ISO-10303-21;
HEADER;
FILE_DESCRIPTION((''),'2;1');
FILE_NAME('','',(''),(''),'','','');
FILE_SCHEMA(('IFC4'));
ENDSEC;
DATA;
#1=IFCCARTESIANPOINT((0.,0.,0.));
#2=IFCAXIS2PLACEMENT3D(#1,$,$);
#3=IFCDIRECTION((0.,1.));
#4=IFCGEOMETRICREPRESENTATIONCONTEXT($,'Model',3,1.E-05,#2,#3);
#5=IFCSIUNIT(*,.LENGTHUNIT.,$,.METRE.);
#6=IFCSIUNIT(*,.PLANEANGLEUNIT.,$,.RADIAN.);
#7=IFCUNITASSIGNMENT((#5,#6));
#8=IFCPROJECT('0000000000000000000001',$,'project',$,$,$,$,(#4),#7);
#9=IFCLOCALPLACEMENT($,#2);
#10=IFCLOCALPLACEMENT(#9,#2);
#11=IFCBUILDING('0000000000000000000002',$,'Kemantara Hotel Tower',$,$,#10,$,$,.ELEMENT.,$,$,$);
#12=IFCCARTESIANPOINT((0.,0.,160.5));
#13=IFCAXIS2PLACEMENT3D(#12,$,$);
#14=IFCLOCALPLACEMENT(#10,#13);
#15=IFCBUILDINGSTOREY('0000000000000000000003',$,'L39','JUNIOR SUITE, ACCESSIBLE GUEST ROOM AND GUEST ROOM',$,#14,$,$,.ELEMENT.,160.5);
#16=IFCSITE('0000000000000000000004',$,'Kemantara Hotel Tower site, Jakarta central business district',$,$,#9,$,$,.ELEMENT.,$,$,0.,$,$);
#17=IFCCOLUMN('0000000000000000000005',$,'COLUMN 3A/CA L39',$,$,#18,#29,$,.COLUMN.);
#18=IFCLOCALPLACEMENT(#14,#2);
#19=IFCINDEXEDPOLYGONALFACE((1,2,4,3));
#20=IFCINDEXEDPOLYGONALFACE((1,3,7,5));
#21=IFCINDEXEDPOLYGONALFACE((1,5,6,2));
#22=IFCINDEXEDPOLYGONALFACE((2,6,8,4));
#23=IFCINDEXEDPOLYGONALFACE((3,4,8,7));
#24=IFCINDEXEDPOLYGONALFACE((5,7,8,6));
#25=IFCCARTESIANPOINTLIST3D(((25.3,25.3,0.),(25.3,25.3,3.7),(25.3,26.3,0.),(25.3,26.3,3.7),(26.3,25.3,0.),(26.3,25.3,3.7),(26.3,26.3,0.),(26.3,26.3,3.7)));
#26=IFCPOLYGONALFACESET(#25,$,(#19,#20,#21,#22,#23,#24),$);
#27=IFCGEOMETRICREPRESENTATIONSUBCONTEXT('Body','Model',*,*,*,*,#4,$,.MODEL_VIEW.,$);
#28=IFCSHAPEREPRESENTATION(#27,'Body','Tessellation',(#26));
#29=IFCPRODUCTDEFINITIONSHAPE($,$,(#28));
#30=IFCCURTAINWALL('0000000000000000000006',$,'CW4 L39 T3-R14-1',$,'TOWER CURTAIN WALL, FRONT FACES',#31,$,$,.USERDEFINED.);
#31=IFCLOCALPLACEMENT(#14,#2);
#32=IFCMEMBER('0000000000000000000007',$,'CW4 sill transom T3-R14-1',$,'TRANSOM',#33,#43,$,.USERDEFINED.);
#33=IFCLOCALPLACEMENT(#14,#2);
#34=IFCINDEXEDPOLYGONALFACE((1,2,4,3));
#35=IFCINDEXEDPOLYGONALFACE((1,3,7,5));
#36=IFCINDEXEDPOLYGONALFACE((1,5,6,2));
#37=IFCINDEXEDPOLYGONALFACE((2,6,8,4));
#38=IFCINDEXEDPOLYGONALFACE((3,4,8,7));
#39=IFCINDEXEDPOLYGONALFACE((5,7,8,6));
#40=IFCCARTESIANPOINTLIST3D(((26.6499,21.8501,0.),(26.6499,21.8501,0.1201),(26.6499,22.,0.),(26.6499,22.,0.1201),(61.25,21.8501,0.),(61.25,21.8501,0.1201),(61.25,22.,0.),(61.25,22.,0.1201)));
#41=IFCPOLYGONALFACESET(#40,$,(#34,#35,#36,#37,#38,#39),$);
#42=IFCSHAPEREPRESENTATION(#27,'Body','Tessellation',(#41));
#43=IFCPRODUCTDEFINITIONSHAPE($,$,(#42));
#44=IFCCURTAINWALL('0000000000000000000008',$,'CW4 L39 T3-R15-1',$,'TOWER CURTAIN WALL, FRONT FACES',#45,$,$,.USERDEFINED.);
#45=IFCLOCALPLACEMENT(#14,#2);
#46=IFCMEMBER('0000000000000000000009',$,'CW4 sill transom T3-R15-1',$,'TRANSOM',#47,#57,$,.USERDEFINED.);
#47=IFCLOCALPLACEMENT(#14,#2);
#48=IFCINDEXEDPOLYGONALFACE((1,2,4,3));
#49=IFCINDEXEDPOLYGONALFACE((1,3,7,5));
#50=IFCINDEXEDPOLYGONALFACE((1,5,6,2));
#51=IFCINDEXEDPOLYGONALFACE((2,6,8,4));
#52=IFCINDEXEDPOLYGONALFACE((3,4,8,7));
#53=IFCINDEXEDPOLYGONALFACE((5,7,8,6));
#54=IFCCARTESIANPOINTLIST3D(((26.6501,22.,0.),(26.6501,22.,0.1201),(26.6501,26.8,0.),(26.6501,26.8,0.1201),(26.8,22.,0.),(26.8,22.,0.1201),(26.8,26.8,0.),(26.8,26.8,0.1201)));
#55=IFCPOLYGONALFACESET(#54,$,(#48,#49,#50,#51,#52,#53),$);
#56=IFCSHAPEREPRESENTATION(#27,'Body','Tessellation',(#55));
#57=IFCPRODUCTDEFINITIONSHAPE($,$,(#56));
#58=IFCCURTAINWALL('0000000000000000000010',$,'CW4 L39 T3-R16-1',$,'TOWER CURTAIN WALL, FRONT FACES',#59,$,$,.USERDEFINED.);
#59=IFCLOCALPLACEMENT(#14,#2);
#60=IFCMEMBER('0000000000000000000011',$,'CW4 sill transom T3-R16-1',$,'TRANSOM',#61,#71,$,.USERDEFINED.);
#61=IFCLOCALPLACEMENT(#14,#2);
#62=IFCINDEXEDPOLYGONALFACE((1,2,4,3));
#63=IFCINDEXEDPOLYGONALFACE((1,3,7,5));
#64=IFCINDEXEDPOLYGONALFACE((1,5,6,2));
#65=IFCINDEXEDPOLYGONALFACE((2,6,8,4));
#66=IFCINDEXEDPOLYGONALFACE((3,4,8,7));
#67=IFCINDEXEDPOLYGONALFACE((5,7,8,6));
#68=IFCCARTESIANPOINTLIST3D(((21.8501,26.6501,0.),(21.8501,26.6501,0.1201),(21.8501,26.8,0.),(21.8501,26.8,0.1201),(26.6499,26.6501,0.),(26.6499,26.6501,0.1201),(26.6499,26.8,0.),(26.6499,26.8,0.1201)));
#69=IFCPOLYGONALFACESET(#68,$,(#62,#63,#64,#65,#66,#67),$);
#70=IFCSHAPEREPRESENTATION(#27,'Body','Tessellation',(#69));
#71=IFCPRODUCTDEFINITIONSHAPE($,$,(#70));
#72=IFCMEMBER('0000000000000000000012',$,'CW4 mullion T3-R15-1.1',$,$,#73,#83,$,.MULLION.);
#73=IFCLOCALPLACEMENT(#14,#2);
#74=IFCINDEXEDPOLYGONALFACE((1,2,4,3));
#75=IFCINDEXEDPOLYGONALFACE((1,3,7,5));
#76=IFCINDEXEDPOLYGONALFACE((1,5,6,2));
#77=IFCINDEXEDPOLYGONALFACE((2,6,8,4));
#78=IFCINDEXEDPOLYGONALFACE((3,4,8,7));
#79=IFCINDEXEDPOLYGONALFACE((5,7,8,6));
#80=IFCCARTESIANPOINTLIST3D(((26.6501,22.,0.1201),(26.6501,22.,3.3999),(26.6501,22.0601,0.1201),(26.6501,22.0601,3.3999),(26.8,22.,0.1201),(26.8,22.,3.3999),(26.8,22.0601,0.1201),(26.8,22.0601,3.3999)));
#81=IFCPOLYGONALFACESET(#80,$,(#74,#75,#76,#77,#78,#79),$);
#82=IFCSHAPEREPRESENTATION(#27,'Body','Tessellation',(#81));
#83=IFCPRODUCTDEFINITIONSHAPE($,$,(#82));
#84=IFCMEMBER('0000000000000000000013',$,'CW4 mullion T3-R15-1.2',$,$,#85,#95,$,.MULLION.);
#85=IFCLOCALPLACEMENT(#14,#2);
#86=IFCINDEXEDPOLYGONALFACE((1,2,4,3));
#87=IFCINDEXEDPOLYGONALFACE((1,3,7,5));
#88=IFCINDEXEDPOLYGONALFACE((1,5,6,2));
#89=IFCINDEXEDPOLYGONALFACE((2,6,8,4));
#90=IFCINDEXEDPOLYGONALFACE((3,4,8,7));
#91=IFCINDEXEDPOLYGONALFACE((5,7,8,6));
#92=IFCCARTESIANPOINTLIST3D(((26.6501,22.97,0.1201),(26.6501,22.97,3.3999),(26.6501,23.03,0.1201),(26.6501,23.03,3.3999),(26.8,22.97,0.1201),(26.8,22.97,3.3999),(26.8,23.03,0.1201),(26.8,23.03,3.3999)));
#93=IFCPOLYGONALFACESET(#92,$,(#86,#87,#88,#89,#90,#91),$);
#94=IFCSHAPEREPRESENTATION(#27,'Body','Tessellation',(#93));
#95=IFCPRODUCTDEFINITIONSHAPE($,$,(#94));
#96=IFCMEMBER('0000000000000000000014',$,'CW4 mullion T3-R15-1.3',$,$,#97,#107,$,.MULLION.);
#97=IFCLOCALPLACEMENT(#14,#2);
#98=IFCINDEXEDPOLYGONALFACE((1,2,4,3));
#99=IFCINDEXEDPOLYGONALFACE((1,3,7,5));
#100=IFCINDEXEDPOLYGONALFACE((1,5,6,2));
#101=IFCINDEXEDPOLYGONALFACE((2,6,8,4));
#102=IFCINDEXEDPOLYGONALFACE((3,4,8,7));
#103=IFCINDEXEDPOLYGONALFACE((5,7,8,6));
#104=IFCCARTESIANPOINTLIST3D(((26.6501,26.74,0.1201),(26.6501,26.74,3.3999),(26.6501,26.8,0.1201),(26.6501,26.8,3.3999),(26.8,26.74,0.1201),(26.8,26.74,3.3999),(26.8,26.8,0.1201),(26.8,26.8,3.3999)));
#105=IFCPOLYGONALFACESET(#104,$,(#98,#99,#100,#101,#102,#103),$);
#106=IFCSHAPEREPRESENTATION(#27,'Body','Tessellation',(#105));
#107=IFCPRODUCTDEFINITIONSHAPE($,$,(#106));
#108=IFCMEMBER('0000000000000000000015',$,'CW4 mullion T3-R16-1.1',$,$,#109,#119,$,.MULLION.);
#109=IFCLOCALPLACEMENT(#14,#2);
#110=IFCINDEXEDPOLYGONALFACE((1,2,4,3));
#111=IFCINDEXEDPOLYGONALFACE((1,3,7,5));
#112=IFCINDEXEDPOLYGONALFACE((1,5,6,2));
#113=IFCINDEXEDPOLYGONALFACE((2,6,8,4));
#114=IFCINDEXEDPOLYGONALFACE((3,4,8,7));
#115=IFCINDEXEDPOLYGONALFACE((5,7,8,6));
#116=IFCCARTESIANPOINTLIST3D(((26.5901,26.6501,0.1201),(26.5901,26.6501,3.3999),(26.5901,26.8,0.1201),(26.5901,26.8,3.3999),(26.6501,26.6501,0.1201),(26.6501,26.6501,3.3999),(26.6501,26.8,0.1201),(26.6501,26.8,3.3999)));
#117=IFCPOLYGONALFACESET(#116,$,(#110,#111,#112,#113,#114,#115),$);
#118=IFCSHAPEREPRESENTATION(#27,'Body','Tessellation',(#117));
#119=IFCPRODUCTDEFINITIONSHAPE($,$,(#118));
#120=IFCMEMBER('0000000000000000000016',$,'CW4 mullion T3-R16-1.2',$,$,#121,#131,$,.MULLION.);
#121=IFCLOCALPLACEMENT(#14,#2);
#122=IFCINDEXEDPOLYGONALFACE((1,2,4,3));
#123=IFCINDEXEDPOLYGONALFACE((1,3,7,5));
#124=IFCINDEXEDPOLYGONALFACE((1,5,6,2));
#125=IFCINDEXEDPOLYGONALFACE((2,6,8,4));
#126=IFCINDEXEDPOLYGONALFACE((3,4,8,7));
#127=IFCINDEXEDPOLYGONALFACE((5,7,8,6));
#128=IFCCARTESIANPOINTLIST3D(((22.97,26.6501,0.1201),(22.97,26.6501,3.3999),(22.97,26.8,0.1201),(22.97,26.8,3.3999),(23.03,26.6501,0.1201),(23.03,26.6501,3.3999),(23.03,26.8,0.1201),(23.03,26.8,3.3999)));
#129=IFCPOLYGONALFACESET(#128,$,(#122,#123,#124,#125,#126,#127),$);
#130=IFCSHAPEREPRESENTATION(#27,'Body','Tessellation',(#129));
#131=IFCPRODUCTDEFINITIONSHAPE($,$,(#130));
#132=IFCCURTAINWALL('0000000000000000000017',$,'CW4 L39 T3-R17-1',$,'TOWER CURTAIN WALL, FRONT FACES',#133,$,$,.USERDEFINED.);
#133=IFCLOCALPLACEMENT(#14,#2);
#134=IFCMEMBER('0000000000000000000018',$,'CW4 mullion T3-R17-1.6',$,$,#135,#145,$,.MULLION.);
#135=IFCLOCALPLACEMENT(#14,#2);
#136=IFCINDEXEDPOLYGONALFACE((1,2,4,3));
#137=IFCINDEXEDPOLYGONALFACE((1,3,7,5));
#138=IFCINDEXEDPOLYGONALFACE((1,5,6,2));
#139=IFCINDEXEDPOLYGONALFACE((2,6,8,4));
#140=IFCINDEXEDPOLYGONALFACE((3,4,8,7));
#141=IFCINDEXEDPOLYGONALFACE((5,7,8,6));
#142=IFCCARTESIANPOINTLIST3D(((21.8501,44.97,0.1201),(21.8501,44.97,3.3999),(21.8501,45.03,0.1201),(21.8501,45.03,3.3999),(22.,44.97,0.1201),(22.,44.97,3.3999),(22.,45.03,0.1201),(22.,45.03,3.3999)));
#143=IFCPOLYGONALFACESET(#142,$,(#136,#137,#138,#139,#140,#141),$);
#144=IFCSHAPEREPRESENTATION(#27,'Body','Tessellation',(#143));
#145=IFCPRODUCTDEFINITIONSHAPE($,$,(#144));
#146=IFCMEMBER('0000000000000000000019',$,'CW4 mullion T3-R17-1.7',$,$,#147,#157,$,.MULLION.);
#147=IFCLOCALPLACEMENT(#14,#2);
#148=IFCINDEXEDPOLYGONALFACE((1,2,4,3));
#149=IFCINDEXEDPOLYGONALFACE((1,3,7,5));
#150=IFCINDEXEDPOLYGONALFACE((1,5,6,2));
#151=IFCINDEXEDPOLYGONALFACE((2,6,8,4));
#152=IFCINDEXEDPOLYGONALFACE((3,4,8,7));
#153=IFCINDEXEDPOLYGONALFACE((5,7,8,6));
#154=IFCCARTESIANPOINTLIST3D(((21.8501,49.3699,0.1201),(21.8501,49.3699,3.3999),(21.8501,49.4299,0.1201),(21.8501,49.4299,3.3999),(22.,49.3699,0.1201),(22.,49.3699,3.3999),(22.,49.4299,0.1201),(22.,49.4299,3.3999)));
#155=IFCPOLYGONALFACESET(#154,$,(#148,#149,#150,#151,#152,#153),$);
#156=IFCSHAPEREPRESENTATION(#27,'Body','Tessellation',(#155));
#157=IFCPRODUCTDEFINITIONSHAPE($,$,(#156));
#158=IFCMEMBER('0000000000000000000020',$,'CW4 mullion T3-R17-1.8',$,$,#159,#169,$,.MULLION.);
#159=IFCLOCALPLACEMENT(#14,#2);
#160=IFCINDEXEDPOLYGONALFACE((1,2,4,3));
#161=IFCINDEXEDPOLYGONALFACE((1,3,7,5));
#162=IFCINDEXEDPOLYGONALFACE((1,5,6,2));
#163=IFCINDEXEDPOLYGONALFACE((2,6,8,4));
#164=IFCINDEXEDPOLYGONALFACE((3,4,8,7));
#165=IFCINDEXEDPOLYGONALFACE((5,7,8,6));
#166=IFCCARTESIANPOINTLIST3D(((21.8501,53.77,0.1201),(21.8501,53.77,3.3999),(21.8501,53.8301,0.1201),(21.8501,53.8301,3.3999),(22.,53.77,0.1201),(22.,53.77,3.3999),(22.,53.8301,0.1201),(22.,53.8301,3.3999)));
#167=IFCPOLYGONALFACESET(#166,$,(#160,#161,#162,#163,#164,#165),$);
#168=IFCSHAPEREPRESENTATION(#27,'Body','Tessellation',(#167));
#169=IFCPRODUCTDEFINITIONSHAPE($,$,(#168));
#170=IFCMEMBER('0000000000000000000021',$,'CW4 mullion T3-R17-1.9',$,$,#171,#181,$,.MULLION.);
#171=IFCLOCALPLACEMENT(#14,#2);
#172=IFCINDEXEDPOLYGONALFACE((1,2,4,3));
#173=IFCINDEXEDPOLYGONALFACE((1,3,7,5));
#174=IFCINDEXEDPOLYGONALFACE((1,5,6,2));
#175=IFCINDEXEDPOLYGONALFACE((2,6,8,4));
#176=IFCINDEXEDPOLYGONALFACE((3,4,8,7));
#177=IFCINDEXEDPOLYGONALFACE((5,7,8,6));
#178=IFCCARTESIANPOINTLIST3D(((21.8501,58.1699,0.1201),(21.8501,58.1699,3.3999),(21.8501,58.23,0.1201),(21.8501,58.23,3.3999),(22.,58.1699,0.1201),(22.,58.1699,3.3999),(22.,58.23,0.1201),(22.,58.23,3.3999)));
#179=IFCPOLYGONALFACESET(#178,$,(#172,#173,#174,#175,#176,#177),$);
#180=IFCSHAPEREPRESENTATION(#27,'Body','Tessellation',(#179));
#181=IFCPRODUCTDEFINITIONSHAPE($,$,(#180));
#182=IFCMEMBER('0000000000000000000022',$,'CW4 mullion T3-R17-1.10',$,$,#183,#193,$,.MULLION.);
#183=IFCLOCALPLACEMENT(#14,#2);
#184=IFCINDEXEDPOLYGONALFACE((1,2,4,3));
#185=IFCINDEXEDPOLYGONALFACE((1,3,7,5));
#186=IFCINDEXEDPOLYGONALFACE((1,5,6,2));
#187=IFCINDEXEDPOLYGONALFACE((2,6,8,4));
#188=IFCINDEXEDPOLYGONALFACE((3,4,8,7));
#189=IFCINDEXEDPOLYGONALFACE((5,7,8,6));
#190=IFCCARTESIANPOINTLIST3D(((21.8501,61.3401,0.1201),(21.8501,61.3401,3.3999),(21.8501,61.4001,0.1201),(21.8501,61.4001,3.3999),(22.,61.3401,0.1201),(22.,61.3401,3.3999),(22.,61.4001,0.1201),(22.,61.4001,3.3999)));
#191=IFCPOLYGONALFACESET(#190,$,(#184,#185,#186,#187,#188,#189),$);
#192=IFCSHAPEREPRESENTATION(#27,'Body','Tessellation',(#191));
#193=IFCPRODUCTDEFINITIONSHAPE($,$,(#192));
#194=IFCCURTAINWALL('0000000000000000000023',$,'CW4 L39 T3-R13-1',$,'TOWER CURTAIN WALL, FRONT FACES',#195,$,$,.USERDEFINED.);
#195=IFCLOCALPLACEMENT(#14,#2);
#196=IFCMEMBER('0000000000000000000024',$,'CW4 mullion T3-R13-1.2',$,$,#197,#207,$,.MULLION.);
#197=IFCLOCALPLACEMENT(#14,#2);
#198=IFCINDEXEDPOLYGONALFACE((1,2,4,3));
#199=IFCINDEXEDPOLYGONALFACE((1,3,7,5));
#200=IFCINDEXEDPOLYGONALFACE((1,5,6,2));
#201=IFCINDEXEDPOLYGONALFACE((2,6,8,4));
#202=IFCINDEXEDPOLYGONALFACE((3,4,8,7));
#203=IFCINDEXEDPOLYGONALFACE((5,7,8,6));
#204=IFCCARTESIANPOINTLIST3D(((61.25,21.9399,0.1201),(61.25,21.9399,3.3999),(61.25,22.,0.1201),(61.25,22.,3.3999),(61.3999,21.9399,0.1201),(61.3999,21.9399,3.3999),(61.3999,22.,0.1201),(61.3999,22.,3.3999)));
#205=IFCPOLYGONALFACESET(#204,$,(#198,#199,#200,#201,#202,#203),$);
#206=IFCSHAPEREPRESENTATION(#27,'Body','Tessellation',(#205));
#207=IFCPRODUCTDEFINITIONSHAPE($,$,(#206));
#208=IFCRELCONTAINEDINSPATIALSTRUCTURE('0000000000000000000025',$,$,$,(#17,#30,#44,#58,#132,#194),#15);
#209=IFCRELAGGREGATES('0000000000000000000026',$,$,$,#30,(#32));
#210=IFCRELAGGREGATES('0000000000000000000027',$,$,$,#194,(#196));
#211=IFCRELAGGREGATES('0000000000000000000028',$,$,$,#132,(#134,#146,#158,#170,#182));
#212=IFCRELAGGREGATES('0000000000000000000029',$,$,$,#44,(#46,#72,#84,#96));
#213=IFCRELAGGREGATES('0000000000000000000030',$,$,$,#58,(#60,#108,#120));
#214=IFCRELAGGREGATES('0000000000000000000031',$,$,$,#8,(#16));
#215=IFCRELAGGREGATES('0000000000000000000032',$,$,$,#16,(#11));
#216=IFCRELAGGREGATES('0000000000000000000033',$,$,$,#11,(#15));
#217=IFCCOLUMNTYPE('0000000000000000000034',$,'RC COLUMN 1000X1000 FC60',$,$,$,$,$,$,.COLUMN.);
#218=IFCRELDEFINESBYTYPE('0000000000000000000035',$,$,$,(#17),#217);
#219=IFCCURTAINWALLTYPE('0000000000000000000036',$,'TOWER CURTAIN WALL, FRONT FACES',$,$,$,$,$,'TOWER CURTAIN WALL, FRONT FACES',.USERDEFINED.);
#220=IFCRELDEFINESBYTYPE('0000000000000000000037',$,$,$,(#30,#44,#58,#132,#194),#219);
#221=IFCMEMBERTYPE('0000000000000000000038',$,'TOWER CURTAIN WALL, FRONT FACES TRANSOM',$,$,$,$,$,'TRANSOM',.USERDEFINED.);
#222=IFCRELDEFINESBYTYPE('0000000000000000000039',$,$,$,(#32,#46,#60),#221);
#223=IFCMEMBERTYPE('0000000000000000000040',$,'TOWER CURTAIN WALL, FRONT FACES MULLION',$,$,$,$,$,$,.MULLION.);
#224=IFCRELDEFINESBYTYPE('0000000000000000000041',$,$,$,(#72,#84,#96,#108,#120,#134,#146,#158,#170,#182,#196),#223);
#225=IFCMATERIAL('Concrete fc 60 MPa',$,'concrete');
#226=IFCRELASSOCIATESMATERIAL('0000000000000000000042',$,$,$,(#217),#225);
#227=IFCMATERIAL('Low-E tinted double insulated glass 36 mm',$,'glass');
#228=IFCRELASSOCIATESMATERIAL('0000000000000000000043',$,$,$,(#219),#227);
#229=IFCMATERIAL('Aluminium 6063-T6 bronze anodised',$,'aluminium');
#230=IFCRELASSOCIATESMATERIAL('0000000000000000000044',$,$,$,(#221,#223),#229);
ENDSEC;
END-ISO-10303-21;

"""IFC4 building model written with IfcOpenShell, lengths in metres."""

from ifc_helpers import new_model, si_unit, direction, frame, origin, origin_2d, place, context, subcontext, project, spatial, rectangle, extrude, source, transform, mapped, material, material_profile, profile_set, type_object, element, aggregate, save


model = new_model("IFC4")

# Units and contexts
model_context = context("Model", 3, precision=1e-05, world=origin(), true_north=direction((0.0, 1.0)))
body_context = subcontext(model_context, "Body", "Model", "MODEL_VIEW")
ifc_project = project(units=[si_unit("LENGTHUNIT", "METRE"), si_unit("PLANEANGLEUNIT", "RADIAN")], contexts=[model_context])

# Site, building, storey
site_placement = place(None, origin())
site = spatial("IfcSite", under=ifc_project, at=site_placement, Name="Kemantara Hotel Tower site, Jakarta central business district", CompositionType="ELEMENT", RefElevation=0.0)
building_placement = place(site_placement, origin())
building = spatial("IfcBuilding", under=site, at=building_placement, Name="Kemantara Hotel Tower", CompositionType="ELEMENT")
storey_placement = place(building_placement, frame((0.0, 0.0, 160.5)))
storey = spatial("IfcBuildingStorey", under=building, at=storey_placement, Name="L39", Description="JUNIOR SUITE, ACCESSIBLE GUEST ROOM AND GUEST ROOM", CompositionType="ELEMENT", Elevation=160.5)

# Column
ifc_material_1 = material(Name="Concrete fc 60 MPa", Category="concrete")
ifc_material_profile_1 = material_profile(ifc_material_1, rectangle(XDim=1.0, YDim=1.0, at=origin_2d()), Name="RC 1000X1000")
ifc_profile_set_1 = profile_set([ifc_material_profile_1], Name="Concrete fc 60 MPa")
column_type = type_object("IfcColumnType", Name="RC COLUMN 1000X1000 FC60", PredefinedType="COLUMN", material=ifc_profile_set_1)
column_placement = place(storey_placement, frame((25.8, 25.8, 0.0), z_axis=(0.0, 0.0, 1.0), x_axis=(1.0, 0.0, 0.0)))
element("IfcColumn", 1, at=column_placement, inside=storey, type_object=column_type, Name="COLUMN 3A/CA L39", PredefinedType="COLUMN", context=body_context, shape_type="SweptSolid", body=[
    extrude(rectangle(XDim=1.0, YDim=1.0, at=origin_2d()), origin(), (0.0, 0.0, 1.0), 3.7),
])

# Curtain walls, members
ifc_material_2 = material(Name="Low-E tinted double insulated glass 36 mm", Category="glass")
curtain_wall_type = type_object("IfcCurtainWallType", Name="TOWER CURTAIN WALL, FRONT FACES", ElementType="TOWER CURTAIN WALL, FRONT FACES", PredefinedType="USERDEFINED", material=ifc_material_2)
curtain_wall_1_placement = place(storey_placement, origin())
curtain_wall_1 = element("IfcCurtainWall", 2, at=curtain_wall_1_placement, inside=storey, type_object=curtain_wall_type, Name="CW4 L39 T3-R14-1", ObjectType="TOWER CURTAIN WALL, FRONT FACES", PredefinedType="USERDEFINED")
ifc_material_3 = material(Name="Aluminium 6063-T6 bronze anodised", Category="aluminium")
ifc_material_profile_2 = material_profile(ifc_material_3, rectangle(XDim=0.1499, YDim=0.1201, at=origin_2d()), Name="TOWER CURTAIN WALL, FRONT FACES TRANSOM")
ifc_profile_set_2 = profile_set([ifc_material_profile_2], Name="Aluminium 6063-T6 bronze anodised")
member_type_1 = type_object("IfcMemberType", Name="TOWER CURTAIN WALL, FRONT FACES TRANSOM", ElementType="TRANSOM", PredefinedType="USERDEFINED", material=ifc_profile_set_2)
member_1_placement = place(storey_placement, frame((61.25, 21.925, 0.0601), z_axis=(-1.0, 0.0, 0.0), x_axis=(0.0, -1.0, 0.0)))
member_1 = element("IfcMember", 3, at=member_1_placement, type_object=member_type_1, Name="CW4 sill transom T3-R14-1", ObjectType="TRANSOM", PredefinedType="USERDEFINED", context=body_context, shape_type="SweptSolid", body=[
    extrude(rectangle(XDim=0.1499, YDim=0.1201, at=origin_2d()), origin(), (0.0, 0.0, 1.0), 34.6001),
])
aggregate(curtain_wall_1, [member_1])
curtain_wall_2_placement = place(storey_placement, origin())
curtain_wall_2 = element("IfcCurtainWall", 4, at=curtain_wall_2_placement, inside=storey, type_object=curtain_wall_type, Name="CW4 L39 T3-R15-1", ObjectType="TOWER CURTAIN WALL, FRONT FACES", PredefinedType="USERDEFINED")
member_2_placement = place(storey_placement, frame((26.7251, 22.0, 0.0601), z_axis=(0.0, 1.0, 0.0), x_axis=(-1.0, 0.0, 0.0)))
member_2 = element("IfcMember", 5, at=member_2_placement, type_object=member_type_1, Name="CW4 sill transom T3-R15-1", ObjectType="TRANSOM", PredefinedType="USERDEFINED", context=body_context, shape_type="SweptSolid", body=[
    extrude(rectangle(XDim=0.1499, YDim=0.1201, at=origin_2d()), origin(), (0.0, 0.0, 1.0), 4.8),
])
curtain_wall_3_placement = place(storey_placement, origin())
curtain_wall_3 = element("IfcCurtainWall", 6, at=curtain_wall_3_placement, inside=storey, type_object=curtain_wall_type, Name="CW4 L39 T3-R16-1", ObjectType="TOWER CURTAIN WALL, FRONT FACES", PredefinedType="USERDEFINED")
member_3_placement = place(storey_placement, frame((26.6499, 26.7251, 0.0601), z_axis=(-1.0, 0.0, 0.0), x_axis=(0.0, -1.0, 0.0)))
member_3 = element("IfcMember", 7, at=member_3_placement, type_object=member_type_1, Name="CW4 sill transom T3-R16-1", ObjectType="TRANSOM", PredefinedType="USERDEFINED", context=body_context, shape_type="SweptSolid", body=[
    extrude(rectangle(XDim=0.1499, YDim=0.1201, at=origin_2d()), origin(), (0.0, 0.0, 1.0), 4.7998),
])

# Members
ifc_material_profile_3 = material_profile(ifc_material_3, rectangle(XDim=0.1499, YDim=0.0601, at=origin_2d()), Name="TOWER CURTAIN WALL, FRONT FACES MULLION")
ifc_profile_set_3 = profile_set([ifc_material_profile_3], Name="Aluminium 6063-T6 bronze anodised")
member_type_2 = type_object("IfcMemberType", Name="TOWER CURTAIN WALL, FRONT FACES MULLION", PredefinedType="MULLION", material=ifc_profile_set_3)
shared_shape_1 = source(origin(), body_context, "Body", "SweptSolid", [
    extrude(rectangle(XDim=0.1499, YDim=0.0601, at=origin_2d()), origin(), (0.0, 0.0, 1.0), 3.2798),
])
member_4_placement = place(storey_placement, frame((26.7251, 22.03, 0.1201), z_axis=(0.0, 0.0, 1.0), x_axis=(-1.0, 0.0, 0.0)))
member_4 = element("IfcMember", 8, at=member_4_placement, type_object=member_type_2, Name="CW4 mullion T3-R15-1.1", PredefinedType="MULLION", context=body_context, shape_type="MappedRepresentation", body=[
    mapped(shared_shape_1, transform((0.0, 0.0, 0.0))),
])
member_5_placement = place(storey_placement, frame((26.7251, 23.0, 0.1201), z_axis=(0.0, 0.0, 1.0), x_axis=(-1.0, 0.0, 0.0)))
member_5 = element("IfcMember", 9, at=member_5_placement, type_object=member_type_2, Name="CW4 mullion T3-R15-1.2", PredefinedType="MULLION", context=body_context, shape_type="MappedRepresentation", body=[
    mapped(shared_shape_1, transform((0.0, 0.0, 0.0))),
])
member_6_placement = place(storey_placement, frame((26.7251, 26.77, 0.1201), z_axis=(0.0, 0.0, 1.0), x_axis=(-1.0, 0.0, 0.0)))
member_6 = element("IfcMember", 10, at=member_6_placement, type_object=member_type_2, Name="CW4 mullion T3-R15-1.3", PredefinedType="MULLION", context=body_context, shape_type="MappedRepresentation", body=[
    mapped(shared_shape_1, transform((0.0, 0.0, 0.0))),
])
member_7_placement = place(storey_placement, frame((26.6201, 26.7251, 0.1201), z_axis=(0.0, 0.0, 1.0), x_axis=(0.0, -1.0, 0.0)))
member_7 = element("IfcMember", 11, at=member_7_placement, type_object=member_type_2, Name="CW4 mullion T3-R16-1.1", PredefinedType="MULLION", context=body_context, shape_type="MappedRepresentation", body=[
    mapped(shared_shape_1, transform((0.0, 0.0, 0.0))),
])
member_8_placement = place(storey_placement, frame((23.0, 26.7251, 0.1201), z_axis=(0.0, 0.0, 1.0), x_axis=(0.0, -1.0, 0.0)))
member_8 = element("IfcMember", 12, at=member_8_placement, type_object=member_type_2, Name="CW4 mullion T3-R16-1.2", PredefinedType="MULLION", context=body_context, shape_type="MappedRepresentation", body=[
    mapped(shared_shape_1, transform((0.0, 0.0, 0.0))),
])

# Curtain wall, members
curtain_wall_4_placement = place(storey_placement, origin())
curtain_wall_4 = element("IfcCurtainWall", 13, at=curtain_wall_4_placement, inside=storey, type_object=curtain_wall_type, Name="CW4 L39 T3-R17-1", ObjectType="TOWER CURTAIN WALL, FRONT FACES", PredefinedType="USERDEFINED")
member_9_placement = place(storey_placement, frame((21.925, 45.0, 0.1201), z_axis=(0.0, 0.0, 1.0), x_axis=(-1.0, 0.0, 0.0)))
member_9 = element("IfcMember", 14, at=member_9_placement, type_object=member_type_2, Name="CW4 mullion T3-R17-1.6", PredefinedType="MULLION", context=body_context, shape_type="MappedRepresentation", body=[
    mapped(shared_shape_1, transform((0.0, 0.0, 0.0))),
])
member_10_placement = place(storey_placement, frame((21.925, 49.3999, 0.1201), z_axis=(0.0, 0.0, 1.0), x_axis=(-1.0, 0.0, 0.0)))
member_10 = element("IfcMember", 15, at=member_10_placement, type_object=member_type_2, Name="CW4 mullion T3-R17-1.7", PredefinedType="MULLION", context=body_context, shape_type="MappedRepresentation", body=[
    mapped(shared_shape_1, transform((0.0, 0.0, 0.0))),
])
member_11_placement = place(storey_placement, frame((21.925, 53.8, 0.1201), z_axis=(0.0, 0.0, 1.0), x_axis=(-1.0, 0.0, 0.0)))
member_11 = element("IfcMember", 16, at=member_11_placement, type_object=member_type_2, Name="CW4 mullion T3-R17-1.8", PredefinedType="MULLION", context=body_context, shape_type="MappedRepresentation", body=[
    mapped(shared_shape_1, transform((0.0, 0.0, 0.0))),
])
member_12_placement = place(storey_placement, frame((21.925, 58.2, 0.1201), z_axis=(0.0, 0.0, 1.0), x_axis=(-1.0, 0.0, 0.0)))
member_12 = element("IfcMember", 17, at=member_12_placement, type_object=member_type_2, Name="CW4 mullion T3-R17-1.9", PredefinedType="MULLION", context=body_context, shape_type="MappedRepresentation", body=[
    mapped(shared_shape_1, transform((0.0, 0.0, 0.0))),
])
member_13_placement = place(storey_placement, frame((21.925, 61.3701, 0.1201), z_axis=(0.0, 0.0, 1.0), x_axis=(-1.0, 0.0, 0.0)))
member_13 = element("IfcMember", 18, at=member_13_placement, type_object=member_type_2, Name="CW4 mullion T3-R17-1.10", PredefinedType="MULLION", context=body_context, shape_type="MappedRepresentation", body=[
    mapped(shared_shape_1, transform((0.0, 0.0, 0.0))),
])

# Curtain wall, member
curtain_wall_5_placement = place(storey_placement, origin())
curtain_wall_5 = element("IfcCurtainWall", 19, at=curtain_wall_5_placement, inside=storey, type_object=curtain_wall_type, Name="CW4 L39 T3-R13-1", ObjectType="TOWER CURTAIN WALL, FRONT FACES", PredefinedType="USERDEFINED")
member_14_placement = place(storey_placement, frame((61.325, 21.97, 0.1201), z_axis=(0.0, 0.0, 1.0), x_axis=(-1.0, 0.0, 0.0)))
member_14 = element("IfcMember", 20, at=member_14_placement, type_object=member_type_2, Name="CW4 mullion T3-R13-1.2", PredefinedType="MULLION", context=body_context, shape_type="MappedRepresentation", body=[
    mapped(shared_shape_1, transform((0.0, 0.0, 0.0))),
])
aggregate(curtain_wall_5, [member_14])

aggregate(curtain_wall_4, [member_9, member_10, member_11, member_12, member_13])
aggregate(curtain_wall_2, [member_2, member_4, member_5, member_6])
aggregate(curtain_wall_3, [member_3, member_7, member_8])

save(model, "model.ifc")
